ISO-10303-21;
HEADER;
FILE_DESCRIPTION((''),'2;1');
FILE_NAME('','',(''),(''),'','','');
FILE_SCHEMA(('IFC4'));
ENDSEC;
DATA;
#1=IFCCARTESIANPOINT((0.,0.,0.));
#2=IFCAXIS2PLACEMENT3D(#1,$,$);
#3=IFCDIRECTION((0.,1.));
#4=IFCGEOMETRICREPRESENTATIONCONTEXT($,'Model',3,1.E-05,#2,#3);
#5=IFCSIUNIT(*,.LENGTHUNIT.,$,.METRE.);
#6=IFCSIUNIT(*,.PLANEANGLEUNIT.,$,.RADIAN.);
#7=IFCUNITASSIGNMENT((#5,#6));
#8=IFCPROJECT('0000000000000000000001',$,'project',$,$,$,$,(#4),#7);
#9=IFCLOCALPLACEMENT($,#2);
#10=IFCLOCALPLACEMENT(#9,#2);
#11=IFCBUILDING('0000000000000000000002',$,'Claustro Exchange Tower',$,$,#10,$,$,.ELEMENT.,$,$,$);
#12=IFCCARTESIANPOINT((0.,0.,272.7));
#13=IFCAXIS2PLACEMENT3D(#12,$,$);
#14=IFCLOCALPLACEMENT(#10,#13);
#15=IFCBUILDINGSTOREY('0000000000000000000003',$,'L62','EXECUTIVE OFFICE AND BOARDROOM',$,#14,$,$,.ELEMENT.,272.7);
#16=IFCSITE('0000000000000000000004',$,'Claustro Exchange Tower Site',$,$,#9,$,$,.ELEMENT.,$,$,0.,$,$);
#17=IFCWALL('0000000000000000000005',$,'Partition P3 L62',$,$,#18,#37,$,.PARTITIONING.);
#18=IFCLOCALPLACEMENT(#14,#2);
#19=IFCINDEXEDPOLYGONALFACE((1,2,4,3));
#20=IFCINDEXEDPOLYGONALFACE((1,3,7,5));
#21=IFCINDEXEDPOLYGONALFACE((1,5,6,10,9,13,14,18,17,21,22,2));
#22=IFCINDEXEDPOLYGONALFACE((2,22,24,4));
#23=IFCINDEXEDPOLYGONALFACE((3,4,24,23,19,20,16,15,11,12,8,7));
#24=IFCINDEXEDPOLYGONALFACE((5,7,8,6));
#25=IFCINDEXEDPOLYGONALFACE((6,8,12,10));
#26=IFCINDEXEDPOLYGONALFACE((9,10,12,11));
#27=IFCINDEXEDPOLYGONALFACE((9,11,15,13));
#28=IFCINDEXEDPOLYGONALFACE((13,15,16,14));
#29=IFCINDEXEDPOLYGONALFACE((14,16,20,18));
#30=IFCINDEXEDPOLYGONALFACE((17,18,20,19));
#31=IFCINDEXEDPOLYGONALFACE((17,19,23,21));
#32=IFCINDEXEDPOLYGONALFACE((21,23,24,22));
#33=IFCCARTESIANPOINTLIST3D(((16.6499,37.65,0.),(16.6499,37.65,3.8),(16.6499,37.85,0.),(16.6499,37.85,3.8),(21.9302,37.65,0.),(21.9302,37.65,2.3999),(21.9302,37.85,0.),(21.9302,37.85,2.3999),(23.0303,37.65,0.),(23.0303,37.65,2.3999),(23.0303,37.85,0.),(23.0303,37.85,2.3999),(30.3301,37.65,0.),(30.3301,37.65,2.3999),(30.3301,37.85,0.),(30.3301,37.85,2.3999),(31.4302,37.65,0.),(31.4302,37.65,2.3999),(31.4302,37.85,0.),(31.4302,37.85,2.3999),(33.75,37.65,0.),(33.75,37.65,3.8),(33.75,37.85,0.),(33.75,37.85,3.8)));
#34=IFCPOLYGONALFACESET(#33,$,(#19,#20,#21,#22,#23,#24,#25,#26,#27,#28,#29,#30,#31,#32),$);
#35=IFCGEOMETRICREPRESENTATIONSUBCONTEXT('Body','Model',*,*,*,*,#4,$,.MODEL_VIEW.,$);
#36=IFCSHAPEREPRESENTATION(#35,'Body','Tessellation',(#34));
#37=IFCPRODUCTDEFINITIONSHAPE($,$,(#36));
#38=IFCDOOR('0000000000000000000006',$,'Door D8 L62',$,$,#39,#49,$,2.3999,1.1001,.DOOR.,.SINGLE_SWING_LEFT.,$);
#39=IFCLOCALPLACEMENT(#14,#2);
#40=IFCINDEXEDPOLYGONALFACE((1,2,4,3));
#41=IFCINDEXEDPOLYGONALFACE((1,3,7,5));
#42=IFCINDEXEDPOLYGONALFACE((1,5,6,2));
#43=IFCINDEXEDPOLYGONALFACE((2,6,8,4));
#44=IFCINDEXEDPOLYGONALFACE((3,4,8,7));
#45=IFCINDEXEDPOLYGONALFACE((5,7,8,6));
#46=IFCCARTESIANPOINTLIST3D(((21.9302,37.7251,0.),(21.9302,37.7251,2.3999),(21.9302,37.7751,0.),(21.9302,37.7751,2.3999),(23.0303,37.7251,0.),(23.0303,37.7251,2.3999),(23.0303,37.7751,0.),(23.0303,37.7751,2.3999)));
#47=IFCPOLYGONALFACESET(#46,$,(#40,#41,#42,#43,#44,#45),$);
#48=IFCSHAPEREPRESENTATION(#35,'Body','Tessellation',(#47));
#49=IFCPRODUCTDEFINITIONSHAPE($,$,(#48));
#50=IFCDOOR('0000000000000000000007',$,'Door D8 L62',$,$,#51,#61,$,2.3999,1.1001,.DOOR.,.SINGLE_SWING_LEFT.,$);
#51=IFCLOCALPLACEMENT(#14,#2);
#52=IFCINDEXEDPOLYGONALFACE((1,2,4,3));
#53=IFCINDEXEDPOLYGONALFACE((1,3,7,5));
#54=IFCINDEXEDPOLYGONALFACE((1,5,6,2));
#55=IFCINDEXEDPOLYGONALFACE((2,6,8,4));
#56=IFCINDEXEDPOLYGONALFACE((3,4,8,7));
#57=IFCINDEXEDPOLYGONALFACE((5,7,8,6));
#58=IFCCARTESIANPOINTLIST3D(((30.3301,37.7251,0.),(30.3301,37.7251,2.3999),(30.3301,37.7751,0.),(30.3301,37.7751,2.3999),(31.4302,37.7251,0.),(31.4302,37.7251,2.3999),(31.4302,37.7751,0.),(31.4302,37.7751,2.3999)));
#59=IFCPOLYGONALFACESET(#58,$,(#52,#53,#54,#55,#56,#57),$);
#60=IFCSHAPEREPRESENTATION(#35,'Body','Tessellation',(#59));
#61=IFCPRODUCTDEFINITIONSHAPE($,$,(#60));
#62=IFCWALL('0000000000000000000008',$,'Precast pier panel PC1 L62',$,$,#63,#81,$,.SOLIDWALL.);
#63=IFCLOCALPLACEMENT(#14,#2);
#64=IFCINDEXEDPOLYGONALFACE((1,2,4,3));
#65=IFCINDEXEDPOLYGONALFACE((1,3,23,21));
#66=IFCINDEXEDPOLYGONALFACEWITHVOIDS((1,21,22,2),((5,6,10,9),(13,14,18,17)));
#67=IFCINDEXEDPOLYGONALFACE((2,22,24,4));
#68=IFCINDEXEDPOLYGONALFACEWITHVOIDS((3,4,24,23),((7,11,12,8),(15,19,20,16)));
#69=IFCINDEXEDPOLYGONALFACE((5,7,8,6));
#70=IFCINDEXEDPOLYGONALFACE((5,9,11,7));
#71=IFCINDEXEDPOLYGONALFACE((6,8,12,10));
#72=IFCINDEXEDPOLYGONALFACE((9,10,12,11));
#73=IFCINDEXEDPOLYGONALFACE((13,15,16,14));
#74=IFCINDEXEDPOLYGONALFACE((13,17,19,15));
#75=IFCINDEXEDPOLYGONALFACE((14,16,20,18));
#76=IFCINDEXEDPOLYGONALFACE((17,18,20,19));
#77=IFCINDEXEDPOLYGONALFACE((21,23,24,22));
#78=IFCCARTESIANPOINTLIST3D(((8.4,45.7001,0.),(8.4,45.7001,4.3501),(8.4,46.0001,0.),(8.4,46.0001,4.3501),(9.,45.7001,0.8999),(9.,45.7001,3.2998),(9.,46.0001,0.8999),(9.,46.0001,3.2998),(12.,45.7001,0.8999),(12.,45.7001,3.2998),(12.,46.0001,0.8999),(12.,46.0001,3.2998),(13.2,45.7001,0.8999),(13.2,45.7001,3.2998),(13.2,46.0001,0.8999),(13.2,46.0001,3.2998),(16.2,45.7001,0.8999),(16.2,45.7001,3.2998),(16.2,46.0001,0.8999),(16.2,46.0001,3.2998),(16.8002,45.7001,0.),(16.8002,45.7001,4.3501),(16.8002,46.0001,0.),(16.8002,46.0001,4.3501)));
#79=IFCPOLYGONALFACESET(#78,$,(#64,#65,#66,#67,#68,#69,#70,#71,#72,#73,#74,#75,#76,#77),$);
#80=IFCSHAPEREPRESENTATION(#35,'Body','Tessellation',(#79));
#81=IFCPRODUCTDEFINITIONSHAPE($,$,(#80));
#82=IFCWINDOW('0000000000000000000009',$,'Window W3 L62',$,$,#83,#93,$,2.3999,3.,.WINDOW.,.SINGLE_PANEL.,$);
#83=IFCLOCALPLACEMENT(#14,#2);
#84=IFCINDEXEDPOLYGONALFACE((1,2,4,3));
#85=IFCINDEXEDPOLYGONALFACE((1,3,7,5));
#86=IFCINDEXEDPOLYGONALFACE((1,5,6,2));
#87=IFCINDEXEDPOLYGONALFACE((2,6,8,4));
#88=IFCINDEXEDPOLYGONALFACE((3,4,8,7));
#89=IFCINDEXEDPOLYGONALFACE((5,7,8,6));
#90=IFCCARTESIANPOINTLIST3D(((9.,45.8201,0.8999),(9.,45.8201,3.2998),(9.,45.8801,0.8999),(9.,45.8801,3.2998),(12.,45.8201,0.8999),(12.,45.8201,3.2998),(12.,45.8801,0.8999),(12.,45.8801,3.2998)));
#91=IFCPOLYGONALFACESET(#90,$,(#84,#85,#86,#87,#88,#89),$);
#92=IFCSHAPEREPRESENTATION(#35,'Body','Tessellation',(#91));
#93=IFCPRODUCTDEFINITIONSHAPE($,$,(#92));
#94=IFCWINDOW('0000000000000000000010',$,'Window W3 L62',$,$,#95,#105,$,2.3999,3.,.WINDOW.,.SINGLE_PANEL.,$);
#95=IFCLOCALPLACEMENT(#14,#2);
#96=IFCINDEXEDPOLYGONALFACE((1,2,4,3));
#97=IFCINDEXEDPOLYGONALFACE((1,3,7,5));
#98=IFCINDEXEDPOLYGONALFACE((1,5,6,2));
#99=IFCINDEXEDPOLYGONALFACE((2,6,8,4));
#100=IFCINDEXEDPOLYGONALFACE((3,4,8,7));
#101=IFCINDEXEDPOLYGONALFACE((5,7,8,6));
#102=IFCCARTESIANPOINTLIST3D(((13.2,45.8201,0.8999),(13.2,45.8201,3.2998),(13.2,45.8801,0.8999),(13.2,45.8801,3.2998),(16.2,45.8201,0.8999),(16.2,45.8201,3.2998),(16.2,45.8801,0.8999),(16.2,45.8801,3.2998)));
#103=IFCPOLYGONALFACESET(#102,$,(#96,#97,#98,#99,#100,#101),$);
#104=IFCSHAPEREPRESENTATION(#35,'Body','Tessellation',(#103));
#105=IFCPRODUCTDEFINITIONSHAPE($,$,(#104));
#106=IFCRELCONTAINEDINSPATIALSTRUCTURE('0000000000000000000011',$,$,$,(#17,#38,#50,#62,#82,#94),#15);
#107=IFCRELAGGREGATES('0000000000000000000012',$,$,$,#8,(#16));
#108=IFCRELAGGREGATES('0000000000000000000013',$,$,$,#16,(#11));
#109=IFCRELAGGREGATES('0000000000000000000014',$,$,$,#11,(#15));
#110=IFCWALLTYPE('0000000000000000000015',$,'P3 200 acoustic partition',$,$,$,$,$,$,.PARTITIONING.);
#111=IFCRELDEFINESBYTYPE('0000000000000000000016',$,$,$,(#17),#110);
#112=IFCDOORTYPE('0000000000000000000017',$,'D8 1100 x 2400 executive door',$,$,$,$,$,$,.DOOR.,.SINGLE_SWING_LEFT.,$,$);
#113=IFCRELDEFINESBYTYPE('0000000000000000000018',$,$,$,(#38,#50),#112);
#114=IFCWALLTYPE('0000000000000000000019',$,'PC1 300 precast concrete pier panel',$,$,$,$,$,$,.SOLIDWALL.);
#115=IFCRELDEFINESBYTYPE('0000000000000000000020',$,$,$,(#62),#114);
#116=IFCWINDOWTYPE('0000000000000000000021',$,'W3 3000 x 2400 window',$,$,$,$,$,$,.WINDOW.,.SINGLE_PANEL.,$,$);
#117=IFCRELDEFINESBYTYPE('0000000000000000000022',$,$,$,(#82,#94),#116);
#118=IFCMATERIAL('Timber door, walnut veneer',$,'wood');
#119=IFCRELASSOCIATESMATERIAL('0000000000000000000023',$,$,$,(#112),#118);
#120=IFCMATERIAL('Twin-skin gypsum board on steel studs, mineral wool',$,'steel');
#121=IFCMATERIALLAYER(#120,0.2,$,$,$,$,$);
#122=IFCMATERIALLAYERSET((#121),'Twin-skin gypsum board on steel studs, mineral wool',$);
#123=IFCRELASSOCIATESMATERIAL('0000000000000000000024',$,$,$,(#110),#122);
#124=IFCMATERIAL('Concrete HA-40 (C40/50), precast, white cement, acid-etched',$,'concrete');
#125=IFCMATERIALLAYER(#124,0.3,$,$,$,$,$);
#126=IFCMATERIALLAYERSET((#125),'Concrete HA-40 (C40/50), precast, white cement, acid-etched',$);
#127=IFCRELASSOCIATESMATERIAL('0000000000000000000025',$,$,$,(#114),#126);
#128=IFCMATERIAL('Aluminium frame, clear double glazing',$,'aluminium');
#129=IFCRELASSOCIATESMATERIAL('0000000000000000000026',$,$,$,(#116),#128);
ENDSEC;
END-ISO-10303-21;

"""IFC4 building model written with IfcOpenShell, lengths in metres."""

from ifc_helpers import new_model, si_unit, direction, frame, frame_2d, origin, place, context, subcontext, project, spatial, rectangle, extrude, material, layer, layer_set, type_object, element, fill, save


model = new_model("IFC4")

# Units and contexts
model_context = context("Model", 3, precision=1e-05, world=origin(), true_north=direction((0.0, 1.0)))
body_context = subcontext(model_context, "Body", "Model", "MODEL_VIEW")
ifc_project = project(units=[si_unit("LENGTHUNIT", "METRE"), si_unit("PLANEANGLEUNIT", "RADIAN")], contexts=[model_context])

# Site, building, storey
site_placement = place(None, origin())
site = spatial("IfcSite", under=ifc_project, at=site_placement, Name="Claustro Exchange Tower Site", CompositionType="ELEMENT", RefElevation=0.0)
building_placement = place(site_placement, origin())
building = spatial("IfcBuilding", under=site, at=building_placement, Name="Claustro Exchange Tower", CompositionType="ELEMENT")
storey_placement = place(building_placement, frame((0.0, 0.0, 272.7)))
storey = spatial("IfcBuildingStorey", under=building, at=storey_placement, Name="L62", Description="EXECUTIVE OFFICE AND BOARDROOM", CompositionType="ELEMENT", Elevation=272.7)

# Shared definitions
ifc_material_1 = material(Name="Timber door, walnut veneer", Category="wood")
door_type = type_object("IfcDoorType", Name="D8 1100 x 2400 executive door", OperationType="SINGLE_SWING_LEFT", PredefinedType="DOOR", material=ifc_material_1)

# Shared definitions
ifc_material_2 = material(Name="Twin-skin gypsum board on steel studs, mineral wool", Category="steel")
ifc_layer_1 = layer(ifc_material_2, 0.2)
ifc_layer_set_1 = layer_set([ifc_layer_1], Name="Twin-skin gypsum board on steel studs, mineral wool")
wall_type_1 = type_object("IfcWallType", Name="P3 200 acoustic partition", PredefinedType="PARTITIONING", material=ifc_layer_set_1)

# Wall, openings, doors
wall_1_placement = place(storey_placement, frame((16.6499, 37.75, 0.0), z_axis=(0.0, 0.0, 1.0), x_axis=(1.0, 0.0, 0.0)))
wall_1 = element("IfcWall", 1, at=wall_1_placement, inside=storey, type_object=wall_type_1, Name="Partition P3 L62", PredefinedType="PARTITIONING", context=body_context, shape_type="SweptSolid", body=[
    extrude(rectangle(XDim=17.1001, YDim=0.2, at=frame_2d((8.55, 0.0))), origin(), (0.0, 0.0, 1.0), 3.8),
])
opening_1_placement = place(wall_1_placement, frame((5.2803, 0.0, 0.0)))
opening_1 = element("IfcOpeningElement", 2, at=opening_1_placement, cuts=wall_1, PredefinedType="OPENING", context=body_context, shape_type="SweptSolid", body=[
    extrude(rectangle(XDim=1.1001, YDim=2.3999, at=frame_2d((0.55, 1.2))), frame((0.0, 0.1099, 0.0), z_axis=(0.0, -1.0, 0.0), x_axis=(1.0, 0.0, 0.0)), (0.0, 0.0, 1.0), 0.22),
])
opening_2_placement = place(wall_1_placement, frame((13.6802, 0.0, 0.0)))
opening_2 = element("IfcOpeningElement", 3, at=opening_2_placement, cuts=wall_1, PredefinedType="OPENING", context=body_context, shape_type="SweptSolid", body=[
    extrude(rectangle(XDim=1.1001, YDim=2.3999, at=frame_2d((0.55, 1.2))), frame((0.0, 0.1099, 0.0), z_axis=(0.0, -1.0, 0.0), x_axis=(1.0, 0.0, 0.0)), (0.0, 0.0, 1.0), 0.22),
])
door_1_placement = place(opening_1_placement, frame((1.1001, 0.0, 0.0), z_axis=(0.0, 0.0, 1.0), x_axis=(-1.0, 0.0, 0.0)))
door_1 = element("IfcDoor", 4, at=door_1_placement, inside=storey, type_object=door_type, Name="Door D8 L62", OperationType="SINGLE_SWING_LEFT", OverallHeight=2.3999, OverallWidth=1.1001, PredefinedType="DOOR", context=body_context, shape_type="SweptSolid", body=[
    extrude(rectangle(XDim=1.1001, YDim=2.3999, at=frame_2d((0.55, 1.2))), frame((0.0, 0.0249, 0.0), z_axis=(0.0, -1.0, 0.0), x_axis=(1.0, 0.0, 0.0)), (0.0, 0.0, 1.0), 0.05),
])
fill(opening_1, door_1)
door_2_placement = place(opening_2_placement, frame((1.1001, 0.0, 0.0), z_axis=(0.0, 0.0, 1.0), x_axis=(-1.0, 0.0, 0.0)))
door_2 = element("IfcDoor", 5, at=door_2_placement, inside=storey, type_object=door_type, Name="Door D8 L62", OperationType="SINGLE_SWING_LEFT", OverallHeight=2.3999, OverallWidth=1.1001, PredefinedType="DOOR", context=body_context, shape_type="SweptSolid", body=[
    extrude(rectangle(XDim=1.1001, YDim=2.3999, at=frame_2d((0.55, 1.2))), frame((0.0, 0.0249, 0.0), z_axis=(0.0, -1.0, 0.0), x_axis=(1.0, 0.0, 0.0)), (0.0, 0.0, 1.0), 0.05),
])
fill(opening_2, door_2)

# Wall, openings, windows
ifc_material_3 = material(Name="Concrete HA-40 (C40/50), precast, white cement, acid-etched", Category="concrete")
ifc_layer_2 = layer(ifc_material_3, 0.3)
ifc_layer_set_2 = layer_set([ifc_layer_2], Name="Concrete HA-40 (C40/50), precast, white cement, acid-etched")
wall_type_2 = type_object("IfcWallType", Name="PC1 300 precast concrete pier panel", PredefinedType="SOLIDWALL", material=ifc_layer_set_2)
wall_2_placement = place(storey_placement, frame((8.3999, 45.8501, 0.0), z_axis=(0.0, 0.0, 1.0), x_axis=(1.0, 0.0, 0.0)))
wall_2 = element("IfcWall", 6, at=wall_2_placement, inside=storey, type_object=wall_type_2, Name="Precast pier panel PC1 L62", PredefinedType="SOLIDWALL", context=body_context, shape_type="SweptSolid", body=[
    extrude(rectangle(XDim=8.4001, YDim=0.3, at=frame_2d((4.2002, 0.0))), origin(), (0.0, 0.0, 1.0), 4.3501),
])
opening_3_placement = place(wall_2_placement, frame((0.6001, 0.0, 0.8999)))
opening_3 = element("IfcOpeningElement", 7, at=opening_3_placement, cuts=wall_2, PredefinedType="OPENING", context=body_context, shape_type="SweptSolid", body=[
    extrude(rectangle(XDim=3.0, YDim=2.3999, at=frame_2d((1.5, 1.2))), frame((0.0, 0.1599, 0.0), z_axis=(0.0, -1.0, 0.0), x_axis=(1.0, 0.0, 0.0)), (0.0, 0.0, 1.0), 0.3201),
])
opening_4_placement = place(wall_2_placement, frame((4.8, 0.0, 0.8999)))
opening_4 = element("IfcOpeningElement", 8, at=opening_4_placement, cuts=wall_2, PredefinedType="OPENING", context=body_context, shape_type="SweptSolid", body=[
    extrude(rectangle(XDim=3.0, YDim=2.3999, at=frame_2d((1.5, 1.2))), frame((0.0, 0.1599, 0.0), z_axis=(0.0, -1.0, 0.0), x_axis=(1.0, 0.0, 0.0)), (0.0, 0.0, 1.0), 0.3201),
])
ifc_material_4 = material(Name="Aluminium frame, clear double glazing", Category="aluminium")
window_type = type_object("IfcWindowType", Name="W3 3000 x 2400 window", PartitioningType="SINGLE_PANEL", PredefinedType="WINDOW", material=ifc_material_4)
window_1_placement = place(opening_3_placement, origin())
window_1 = element("IfcWindow", 9, at=window_1_placement, inside=storey, type_object=window_type, Name="Window W3 L62", OverallHeight=2.3999, OverallWidth=3.0, PartitioningType="SINGLE_PANEL", PredefinedType="WINDOW", context=body_context, shape_type="SweptSolid", body=[
    extrude(rectangle(XDim=3.0, YDim=2.3999, at=frame_2d((1.5, 1.2))), frame((0.0, 0.03, 0.0), z_axis=(0.0, -1.0, 0.0), x_axis=(1.0, 0.0, 0.0)), (0.0, 0.0, 1.0), 0.0601),
])
fill(opening_3, window_1)
window_2_placement = place(opening_4_placement, origin())
window_2 = element("IfcWindow", 10, at=window_2_placement, inside=storey, type_object=window_type, Name="Window W3 L62", OverallHeight=2.3999, OverallWidth=3.0, PartitioningType="SINGLE_PANEL", PredefinedType="WINDOW", context=body_context, shape_type="SweptSolid", body=[
    extrude(rectangle(XDim=3.0, YDim=2.3999, at=frame_2d((1.5, 1.2))), frame((0.0, 0.03, 0.0), z_axis=(0.0, -1.0, 0.0), x_axis=(1.0, 0.0, 0.0)), (0.0, 0.0, 1.0), 0.0601),
])
fill(opening_4, window_2)

save(model, "model.ifc")
